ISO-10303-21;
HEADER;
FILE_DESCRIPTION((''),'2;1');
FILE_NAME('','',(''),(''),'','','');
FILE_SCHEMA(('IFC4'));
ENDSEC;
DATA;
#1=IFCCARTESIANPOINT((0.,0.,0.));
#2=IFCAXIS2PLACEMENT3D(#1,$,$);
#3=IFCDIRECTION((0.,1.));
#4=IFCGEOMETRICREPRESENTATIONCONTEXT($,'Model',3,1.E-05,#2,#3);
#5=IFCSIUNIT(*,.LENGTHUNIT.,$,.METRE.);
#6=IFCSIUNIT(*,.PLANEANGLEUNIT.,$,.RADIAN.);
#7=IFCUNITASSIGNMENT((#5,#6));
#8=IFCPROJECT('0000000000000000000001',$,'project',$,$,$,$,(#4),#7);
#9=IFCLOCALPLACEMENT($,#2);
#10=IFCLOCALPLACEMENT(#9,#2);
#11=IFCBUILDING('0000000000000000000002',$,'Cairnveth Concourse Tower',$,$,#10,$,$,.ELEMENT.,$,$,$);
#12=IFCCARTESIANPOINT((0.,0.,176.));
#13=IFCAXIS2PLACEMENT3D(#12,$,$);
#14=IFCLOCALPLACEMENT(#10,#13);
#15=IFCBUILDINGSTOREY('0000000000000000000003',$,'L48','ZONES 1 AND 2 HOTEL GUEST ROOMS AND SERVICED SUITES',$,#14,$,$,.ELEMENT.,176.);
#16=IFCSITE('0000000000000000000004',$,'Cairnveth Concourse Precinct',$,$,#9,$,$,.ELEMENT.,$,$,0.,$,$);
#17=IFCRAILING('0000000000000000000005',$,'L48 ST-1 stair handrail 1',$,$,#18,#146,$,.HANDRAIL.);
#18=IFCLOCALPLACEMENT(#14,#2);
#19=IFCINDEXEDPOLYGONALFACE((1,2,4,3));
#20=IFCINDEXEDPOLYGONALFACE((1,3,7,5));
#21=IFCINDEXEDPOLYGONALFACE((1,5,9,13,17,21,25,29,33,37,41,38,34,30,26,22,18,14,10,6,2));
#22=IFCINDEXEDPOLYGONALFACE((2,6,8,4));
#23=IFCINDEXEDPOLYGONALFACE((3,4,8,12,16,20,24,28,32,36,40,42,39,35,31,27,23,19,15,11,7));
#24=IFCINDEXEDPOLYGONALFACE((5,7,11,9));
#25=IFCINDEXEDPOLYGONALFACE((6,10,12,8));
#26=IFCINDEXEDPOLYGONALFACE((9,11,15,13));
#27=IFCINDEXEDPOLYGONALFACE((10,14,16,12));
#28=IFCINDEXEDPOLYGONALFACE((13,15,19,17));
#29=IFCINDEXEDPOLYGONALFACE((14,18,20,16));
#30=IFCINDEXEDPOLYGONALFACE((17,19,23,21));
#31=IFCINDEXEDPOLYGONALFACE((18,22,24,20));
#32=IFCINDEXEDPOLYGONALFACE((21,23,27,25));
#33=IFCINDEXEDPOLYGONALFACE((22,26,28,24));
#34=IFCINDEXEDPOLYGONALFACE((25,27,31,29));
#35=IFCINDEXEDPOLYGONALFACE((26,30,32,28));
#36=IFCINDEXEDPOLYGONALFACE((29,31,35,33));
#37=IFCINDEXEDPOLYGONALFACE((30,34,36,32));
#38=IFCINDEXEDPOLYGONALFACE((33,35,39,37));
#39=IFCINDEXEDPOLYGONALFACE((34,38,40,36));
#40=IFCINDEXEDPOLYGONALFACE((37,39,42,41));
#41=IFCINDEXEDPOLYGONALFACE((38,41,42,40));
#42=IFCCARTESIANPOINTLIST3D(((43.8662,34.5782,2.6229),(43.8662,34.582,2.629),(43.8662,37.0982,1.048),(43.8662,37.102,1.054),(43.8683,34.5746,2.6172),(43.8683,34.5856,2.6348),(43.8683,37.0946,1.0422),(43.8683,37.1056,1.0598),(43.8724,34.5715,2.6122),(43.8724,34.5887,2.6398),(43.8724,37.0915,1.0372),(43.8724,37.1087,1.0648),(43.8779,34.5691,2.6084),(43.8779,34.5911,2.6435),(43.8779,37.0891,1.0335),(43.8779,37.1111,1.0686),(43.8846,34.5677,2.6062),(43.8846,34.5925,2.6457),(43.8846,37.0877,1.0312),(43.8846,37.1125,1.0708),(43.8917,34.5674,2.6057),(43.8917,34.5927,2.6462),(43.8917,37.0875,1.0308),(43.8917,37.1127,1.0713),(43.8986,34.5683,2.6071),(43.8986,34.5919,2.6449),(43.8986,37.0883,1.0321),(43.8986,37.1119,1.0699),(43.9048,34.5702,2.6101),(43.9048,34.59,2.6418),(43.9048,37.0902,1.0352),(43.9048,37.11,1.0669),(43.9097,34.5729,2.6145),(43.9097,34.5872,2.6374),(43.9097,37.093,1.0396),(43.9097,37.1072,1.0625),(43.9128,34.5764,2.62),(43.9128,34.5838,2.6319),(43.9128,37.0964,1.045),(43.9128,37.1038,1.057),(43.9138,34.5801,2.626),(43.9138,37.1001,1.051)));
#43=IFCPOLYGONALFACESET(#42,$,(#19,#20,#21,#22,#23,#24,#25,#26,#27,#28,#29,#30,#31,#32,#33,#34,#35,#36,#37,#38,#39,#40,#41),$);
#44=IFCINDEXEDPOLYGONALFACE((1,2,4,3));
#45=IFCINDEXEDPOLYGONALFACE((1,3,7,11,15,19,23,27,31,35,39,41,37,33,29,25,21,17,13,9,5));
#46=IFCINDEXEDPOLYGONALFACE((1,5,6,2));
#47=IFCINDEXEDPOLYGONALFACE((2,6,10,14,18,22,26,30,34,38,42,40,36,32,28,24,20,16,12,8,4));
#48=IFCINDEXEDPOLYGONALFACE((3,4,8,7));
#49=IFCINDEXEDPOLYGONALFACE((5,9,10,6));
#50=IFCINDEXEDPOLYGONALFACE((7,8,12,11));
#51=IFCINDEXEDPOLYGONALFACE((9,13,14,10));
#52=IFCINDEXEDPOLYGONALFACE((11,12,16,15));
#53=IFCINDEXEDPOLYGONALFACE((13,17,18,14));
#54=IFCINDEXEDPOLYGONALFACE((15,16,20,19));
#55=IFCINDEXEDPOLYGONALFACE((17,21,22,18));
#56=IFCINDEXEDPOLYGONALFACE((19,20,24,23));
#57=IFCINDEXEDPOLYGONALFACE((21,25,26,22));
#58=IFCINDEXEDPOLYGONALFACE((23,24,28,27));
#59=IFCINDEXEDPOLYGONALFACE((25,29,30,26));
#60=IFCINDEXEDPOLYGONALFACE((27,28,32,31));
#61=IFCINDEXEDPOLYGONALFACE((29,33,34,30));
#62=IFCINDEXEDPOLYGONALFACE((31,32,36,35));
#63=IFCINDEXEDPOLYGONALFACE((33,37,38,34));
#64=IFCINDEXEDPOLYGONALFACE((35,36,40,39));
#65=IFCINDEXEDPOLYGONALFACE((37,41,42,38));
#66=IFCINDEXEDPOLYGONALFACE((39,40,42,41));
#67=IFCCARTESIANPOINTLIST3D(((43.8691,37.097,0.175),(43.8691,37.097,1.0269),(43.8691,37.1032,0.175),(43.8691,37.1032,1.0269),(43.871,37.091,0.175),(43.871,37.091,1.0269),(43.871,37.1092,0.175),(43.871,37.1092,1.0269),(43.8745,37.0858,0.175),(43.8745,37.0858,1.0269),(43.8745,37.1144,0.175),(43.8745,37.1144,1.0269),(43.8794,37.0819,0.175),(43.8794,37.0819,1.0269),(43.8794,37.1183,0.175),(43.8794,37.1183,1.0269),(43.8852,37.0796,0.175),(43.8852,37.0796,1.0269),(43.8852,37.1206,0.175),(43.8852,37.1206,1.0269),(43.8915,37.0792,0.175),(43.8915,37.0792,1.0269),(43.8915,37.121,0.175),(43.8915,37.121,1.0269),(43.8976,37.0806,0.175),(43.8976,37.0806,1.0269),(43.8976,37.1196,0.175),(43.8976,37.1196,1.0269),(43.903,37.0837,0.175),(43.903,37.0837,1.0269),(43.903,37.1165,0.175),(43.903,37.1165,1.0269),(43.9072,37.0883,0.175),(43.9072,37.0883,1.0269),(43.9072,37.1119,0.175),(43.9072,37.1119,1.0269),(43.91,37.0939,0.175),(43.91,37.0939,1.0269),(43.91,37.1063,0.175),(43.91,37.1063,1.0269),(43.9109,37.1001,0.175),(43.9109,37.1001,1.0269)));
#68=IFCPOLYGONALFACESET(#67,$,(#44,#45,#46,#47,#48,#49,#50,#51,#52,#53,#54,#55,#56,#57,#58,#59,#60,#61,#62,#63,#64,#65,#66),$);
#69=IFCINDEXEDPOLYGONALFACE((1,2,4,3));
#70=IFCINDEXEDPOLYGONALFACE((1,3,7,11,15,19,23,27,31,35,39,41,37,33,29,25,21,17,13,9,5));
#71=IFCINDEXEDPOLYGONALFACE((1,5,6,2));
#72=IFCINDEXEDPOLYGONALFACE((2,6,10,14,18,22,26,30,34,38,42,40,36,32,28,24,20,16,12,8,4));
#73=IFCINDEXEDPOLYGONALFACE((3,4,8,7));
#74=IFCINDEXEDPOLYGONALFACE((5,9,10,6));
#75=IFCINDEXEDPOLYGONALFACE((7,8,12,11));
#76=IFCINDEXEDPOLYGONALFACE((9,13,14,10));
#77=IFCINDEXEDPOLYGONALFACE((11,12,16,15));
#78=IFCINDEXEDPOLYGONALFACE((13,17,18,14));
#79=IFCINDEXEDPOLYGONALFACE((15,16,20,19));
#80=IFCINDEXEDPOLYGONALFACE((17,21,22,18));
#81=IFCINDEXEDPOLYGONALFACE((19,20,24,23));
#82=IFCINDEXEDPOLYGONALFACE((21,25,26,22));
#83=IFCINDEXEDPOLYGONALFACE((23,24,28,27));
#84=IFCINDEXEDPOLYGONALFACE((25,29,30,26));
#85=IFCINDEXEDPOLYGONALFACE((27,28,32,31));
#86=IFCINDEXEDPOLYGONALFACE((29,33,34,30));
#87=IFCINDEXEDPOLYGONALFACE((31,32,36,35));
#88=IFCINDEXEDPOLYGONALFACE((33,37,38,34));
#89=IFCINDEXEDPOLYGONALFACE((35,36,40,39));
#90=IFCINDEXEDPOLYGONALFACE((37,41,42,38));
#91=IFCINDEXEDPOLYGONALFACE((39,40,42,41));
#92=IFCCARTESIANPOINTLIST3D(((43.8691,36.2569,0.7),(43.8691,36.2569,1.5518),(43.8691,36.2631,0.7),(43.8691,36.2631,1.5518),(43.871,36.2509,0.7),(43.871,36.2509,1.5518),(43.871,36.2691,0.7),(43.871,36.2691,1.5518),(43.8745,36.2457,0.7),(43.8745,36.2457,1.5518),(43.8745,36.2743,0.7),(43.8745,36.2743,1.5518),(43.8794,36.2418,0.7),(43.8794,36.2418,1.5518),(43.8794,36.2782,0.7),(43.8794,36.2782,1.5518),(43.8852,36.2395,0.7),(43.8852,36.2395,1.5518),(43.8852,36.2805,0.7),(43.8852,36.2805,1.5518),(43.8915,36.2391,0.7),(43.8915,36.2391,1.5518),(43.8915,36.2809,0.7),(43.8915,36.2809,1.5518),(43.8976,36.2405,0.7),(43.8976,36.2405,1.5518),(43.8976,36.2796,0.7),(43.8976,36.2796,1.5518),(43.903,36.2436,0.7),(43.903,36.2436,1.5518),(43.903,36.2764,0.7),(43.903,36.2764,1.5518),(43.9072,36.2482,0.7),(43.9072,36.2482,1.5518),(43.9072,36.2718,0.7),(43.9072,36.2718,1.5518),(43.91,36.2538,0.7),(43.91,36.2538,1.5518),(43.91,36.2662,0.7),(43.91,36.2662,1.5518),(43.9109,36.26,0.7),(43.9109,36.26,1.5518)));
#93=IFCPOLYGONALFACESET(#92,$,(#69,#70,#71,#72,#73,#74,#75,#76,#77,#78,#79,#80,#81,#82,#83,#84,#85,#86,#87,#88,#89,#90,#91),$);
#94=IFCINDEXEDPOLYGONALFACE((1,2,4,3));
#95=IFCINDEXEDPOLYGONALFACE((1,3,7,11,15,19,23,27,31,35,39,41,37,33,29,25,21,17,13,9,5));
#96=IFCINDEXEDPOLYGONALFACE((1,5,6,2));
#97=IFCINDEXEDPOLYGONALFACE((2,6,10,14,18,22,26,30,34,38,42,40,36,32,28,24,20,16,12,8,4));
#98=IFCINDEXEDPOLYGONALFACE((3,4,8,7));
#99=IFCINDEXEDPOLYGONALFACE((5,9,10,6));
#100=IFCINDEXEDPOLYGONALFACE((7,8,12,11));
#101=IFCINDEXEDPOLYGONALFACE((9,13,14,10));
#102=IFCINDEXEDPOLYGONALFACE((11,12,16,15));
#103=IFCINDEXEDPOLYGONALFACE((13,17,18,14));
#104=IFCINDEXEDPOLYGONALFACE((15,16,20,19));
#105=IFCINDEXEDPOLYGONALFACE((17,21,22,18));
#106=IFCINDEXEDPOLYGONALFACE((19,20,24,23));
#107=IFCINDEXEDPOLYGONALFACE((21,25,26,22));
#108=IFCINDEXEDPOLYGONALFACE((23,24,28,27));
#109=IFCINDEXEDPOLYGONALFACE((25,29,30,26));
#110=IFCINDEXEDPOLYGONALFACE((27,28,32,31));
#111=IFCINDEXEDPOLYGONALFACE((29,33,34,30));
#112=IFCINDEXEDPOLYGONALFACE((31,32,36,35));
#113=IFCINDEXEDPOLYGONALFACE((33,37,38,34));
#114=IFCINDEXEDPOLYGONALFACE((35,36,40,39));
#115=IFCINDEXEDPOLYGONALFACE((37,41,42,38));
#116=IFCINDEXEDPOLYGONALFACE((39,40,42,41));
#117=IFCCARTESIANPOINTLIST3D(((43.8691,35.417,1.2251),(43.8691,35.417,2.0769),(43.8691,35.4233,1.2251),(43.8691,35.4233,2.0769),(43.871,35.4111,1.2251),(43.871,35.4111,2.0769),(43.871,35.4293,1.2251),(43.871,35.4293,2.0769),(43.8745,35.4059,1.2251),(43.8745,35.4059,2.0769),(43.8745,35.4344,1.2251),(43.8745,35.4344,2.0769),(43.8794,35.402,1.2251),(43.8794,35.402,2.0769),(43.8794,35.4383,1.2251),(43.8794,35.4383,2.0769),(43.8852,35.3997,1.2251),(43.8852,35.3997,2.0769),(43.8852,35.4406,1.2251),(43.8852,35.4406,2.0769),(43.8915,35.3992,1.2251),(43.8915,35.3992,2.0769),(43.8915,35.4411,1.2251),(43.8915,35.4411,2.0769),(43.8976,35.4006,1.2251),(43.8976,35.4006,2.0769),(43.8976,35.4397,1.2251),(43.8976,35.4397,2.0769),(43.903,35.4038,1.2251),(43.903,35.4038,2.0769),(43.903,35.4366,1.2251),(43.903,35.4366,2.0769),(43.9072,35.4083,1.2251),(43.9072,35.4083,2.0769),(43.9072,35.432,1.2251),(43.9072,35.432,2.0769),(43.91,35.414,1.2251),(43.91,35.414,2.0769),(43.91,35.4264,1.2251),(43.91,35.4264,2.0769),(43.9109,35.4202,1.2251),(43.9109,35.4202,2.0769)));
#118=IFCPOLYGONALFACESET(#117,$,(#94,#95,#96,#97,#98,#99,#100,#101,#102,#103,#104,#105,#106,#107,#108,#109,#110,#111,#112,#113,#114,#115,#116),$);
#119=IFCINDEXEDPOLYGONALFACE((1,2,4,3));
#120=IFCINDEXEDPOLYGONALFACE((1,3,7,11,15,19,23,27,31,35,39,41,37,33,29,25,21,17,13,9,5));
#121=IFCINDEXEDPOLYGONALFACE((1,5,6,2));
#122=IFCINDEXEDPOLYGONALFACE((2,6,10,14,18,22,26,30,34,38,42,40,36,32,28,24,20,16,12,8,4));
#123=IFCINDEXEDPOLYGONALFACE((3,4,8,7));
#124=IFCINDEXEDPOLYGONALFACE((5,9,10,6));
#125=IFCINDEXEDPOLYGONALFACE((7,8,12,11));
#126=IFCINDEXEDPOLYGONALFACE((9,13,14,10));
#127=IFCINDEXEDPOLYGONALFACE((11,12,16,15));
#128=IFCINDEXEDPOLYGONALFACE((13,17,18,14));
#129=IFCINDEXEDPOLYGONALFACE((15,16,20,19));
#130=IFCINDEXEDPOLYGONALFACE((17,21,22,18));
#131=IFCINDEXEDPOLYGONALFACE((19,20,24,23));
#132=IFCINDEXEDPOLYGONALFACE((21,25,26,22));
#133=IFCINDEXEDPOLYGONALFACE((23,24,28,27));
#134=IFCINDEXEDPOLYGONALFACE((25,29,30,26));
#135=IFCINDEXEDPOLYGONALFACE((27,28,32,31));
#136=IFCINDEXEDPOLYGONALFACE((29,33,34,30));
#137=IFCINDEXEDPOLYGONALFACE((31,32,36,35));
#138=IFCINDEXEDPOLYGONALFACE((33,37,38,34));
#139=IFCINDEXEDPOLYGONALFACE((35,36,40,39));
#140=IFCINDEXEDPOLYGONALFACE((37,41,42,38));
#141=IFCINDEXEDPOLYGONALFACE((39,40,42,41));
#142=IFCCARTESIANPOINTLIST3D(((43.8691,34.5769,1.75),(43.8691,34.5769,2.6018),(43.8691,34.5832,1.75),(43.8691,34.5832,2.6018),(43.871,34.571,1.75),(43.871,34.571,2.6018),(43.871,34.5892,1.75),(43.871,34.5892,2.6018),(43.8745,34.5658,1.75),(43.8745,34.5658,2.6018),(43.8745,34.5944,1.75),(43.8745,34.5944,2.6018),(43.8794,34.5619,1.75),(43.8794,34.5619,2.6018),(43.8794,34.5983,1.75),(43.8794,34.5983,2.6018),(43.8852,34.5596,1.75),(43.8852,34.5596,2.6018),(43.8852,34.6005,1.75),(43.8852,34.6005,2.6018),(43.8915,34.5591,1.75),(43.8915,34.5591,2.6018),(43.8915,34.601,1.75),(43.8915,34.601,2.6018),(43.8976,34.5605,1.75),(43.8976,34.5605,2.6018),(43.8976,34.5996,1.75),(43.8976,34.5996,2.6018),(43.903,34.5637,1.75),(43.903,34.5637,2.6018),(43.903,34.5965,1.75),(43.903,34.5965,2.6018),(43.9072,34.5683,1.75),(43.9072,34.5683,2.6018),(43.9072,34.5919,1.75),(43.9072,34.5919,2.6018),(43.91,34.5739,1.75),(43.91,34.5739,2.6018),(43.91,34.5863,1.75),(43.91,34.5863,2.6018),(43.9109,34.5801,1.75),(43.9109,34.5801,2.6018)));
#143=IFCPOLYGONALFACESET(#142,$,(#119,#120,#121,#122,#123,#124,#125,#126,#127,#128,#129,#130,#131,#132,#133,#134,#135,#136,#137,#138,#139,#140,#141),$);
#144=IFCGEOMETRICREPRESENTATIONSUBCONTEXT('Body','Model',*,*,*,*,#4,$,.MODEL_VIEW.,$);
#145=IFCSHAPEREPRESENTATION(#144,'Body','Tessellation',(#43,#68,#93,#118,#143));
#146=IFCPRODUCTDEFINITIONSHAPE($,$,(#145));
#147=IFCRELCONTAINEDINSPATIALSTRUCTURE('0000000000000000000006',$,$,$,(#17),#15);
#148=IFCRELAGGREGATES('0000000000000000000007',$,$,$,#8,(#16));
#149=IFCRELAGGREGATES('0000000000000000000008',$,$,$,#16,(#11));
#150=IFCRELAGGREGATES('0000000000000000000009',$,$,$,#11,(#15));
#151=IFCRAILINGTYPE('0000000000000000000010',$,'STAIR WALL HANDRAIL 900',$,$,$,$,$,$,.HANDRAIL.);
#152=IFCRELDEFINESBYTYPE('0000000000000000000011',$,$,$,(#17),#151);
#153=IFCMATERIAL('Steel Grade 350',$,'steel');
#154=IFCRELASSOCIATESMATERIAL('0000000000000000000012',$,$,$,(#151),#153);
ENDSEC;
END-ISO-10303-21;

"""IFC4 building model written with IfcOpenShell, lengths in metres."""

from ifc_helpers import new_model, si_unit, direction, frame, origin, origin_2d, place, context, subcontext, project, spatial, circle, extrude, material, type_object, element, save


model = new_model("IFC4")

# Units and contexts
model_context = context("Model", 3, precision=1e-05, world=origin(), true_north=direction((0.0, 1.0)))
body_context = subcontext(model_context, "Body", "Model", "MODEL_VIEW")
ifc_project = project(units=[si_unit("LENGTHUNIT", "METRE"), si_unit("PLANEANGLEUNIT", "RADIAN")], contexts=[model_context])

# Site, building, storey
site_placement = place(None, origin())
site = spatial("IfcSite", under=ifc_project, at=site_placement, Name="Cairnveth Concourse Precinct", CompositionType="ELEMENT", RefElevation=0.0)
building_placement = place(site_placement, origin())
building = spatial("IfcBuilding", under=site, at=building_placement, Name="Cairnveth Concourse Tower", CompositionType="ELEMENT")
storey_placement = place(building_placement, frame((0.0, 0.0, 176.0)))
storey = spatial("IfcBuildingStorey", under=building, at=storey_placement, Name="L48", Description="ZONES 1 AND 2 HOTEL GUEST ROOMS AND SERVICED SUITES", CompositionType="ELEMENT", Elevation=176.0)

# Shared definitions
ifc_material_1 = material(Name="Steel Grade 350", Category="steel")

# Railing
railing_type_1 = type_object("IfcRailingType", Name="STAIR WALL HANDRAIL 900", PredefinedType="HANDRAIL", material=ifc_material_1)
railing_1_placement = place(storey_placement, frame((43.8899, 37.1001, 0.175)))
element("IfcRailing", 1, at=railing_1_placement, inside=storey, type_object=railing_type_1, Name="L48 ST-1 stair handrail 1", PredefinedType="HANDRAIL", context=body_context, shape_type="SweptSolid", body=[
    extrude(circle(Radius=0.0239, at=origin_2d()), frame((0.0, 0.0, 0.876), z_axis=(0.0, -0.848008, 0.529984), x_axis=(1.0, 0.0, 0.0)), (0.0, 0.0, 1.0), 2.9717),
    extrude(circle(Radius=0.021, at=origin_2d()), origin(), (0.0, 0.0, 1.0), 0.8518),
    extrude(circle(Radius=0.021, at=origin_2d()), frame((0.0, -0.8401, 0.5249)), (0.0, 0.0, 1.0), 0.8518),
    extrude(circle(Radius=0.021, at=origin_2d()), frame((0.0, -1.6799, 1.05)), (0.0, 0.0, 1.0), 0.8518),
    extrude(circle(Radius=0.021, at=origin_2d()), frame((0.0, -2.52, 1.575)), (0.0, 0.0, 1.0), 0.8518),
])

save(model, "model.ifc")
